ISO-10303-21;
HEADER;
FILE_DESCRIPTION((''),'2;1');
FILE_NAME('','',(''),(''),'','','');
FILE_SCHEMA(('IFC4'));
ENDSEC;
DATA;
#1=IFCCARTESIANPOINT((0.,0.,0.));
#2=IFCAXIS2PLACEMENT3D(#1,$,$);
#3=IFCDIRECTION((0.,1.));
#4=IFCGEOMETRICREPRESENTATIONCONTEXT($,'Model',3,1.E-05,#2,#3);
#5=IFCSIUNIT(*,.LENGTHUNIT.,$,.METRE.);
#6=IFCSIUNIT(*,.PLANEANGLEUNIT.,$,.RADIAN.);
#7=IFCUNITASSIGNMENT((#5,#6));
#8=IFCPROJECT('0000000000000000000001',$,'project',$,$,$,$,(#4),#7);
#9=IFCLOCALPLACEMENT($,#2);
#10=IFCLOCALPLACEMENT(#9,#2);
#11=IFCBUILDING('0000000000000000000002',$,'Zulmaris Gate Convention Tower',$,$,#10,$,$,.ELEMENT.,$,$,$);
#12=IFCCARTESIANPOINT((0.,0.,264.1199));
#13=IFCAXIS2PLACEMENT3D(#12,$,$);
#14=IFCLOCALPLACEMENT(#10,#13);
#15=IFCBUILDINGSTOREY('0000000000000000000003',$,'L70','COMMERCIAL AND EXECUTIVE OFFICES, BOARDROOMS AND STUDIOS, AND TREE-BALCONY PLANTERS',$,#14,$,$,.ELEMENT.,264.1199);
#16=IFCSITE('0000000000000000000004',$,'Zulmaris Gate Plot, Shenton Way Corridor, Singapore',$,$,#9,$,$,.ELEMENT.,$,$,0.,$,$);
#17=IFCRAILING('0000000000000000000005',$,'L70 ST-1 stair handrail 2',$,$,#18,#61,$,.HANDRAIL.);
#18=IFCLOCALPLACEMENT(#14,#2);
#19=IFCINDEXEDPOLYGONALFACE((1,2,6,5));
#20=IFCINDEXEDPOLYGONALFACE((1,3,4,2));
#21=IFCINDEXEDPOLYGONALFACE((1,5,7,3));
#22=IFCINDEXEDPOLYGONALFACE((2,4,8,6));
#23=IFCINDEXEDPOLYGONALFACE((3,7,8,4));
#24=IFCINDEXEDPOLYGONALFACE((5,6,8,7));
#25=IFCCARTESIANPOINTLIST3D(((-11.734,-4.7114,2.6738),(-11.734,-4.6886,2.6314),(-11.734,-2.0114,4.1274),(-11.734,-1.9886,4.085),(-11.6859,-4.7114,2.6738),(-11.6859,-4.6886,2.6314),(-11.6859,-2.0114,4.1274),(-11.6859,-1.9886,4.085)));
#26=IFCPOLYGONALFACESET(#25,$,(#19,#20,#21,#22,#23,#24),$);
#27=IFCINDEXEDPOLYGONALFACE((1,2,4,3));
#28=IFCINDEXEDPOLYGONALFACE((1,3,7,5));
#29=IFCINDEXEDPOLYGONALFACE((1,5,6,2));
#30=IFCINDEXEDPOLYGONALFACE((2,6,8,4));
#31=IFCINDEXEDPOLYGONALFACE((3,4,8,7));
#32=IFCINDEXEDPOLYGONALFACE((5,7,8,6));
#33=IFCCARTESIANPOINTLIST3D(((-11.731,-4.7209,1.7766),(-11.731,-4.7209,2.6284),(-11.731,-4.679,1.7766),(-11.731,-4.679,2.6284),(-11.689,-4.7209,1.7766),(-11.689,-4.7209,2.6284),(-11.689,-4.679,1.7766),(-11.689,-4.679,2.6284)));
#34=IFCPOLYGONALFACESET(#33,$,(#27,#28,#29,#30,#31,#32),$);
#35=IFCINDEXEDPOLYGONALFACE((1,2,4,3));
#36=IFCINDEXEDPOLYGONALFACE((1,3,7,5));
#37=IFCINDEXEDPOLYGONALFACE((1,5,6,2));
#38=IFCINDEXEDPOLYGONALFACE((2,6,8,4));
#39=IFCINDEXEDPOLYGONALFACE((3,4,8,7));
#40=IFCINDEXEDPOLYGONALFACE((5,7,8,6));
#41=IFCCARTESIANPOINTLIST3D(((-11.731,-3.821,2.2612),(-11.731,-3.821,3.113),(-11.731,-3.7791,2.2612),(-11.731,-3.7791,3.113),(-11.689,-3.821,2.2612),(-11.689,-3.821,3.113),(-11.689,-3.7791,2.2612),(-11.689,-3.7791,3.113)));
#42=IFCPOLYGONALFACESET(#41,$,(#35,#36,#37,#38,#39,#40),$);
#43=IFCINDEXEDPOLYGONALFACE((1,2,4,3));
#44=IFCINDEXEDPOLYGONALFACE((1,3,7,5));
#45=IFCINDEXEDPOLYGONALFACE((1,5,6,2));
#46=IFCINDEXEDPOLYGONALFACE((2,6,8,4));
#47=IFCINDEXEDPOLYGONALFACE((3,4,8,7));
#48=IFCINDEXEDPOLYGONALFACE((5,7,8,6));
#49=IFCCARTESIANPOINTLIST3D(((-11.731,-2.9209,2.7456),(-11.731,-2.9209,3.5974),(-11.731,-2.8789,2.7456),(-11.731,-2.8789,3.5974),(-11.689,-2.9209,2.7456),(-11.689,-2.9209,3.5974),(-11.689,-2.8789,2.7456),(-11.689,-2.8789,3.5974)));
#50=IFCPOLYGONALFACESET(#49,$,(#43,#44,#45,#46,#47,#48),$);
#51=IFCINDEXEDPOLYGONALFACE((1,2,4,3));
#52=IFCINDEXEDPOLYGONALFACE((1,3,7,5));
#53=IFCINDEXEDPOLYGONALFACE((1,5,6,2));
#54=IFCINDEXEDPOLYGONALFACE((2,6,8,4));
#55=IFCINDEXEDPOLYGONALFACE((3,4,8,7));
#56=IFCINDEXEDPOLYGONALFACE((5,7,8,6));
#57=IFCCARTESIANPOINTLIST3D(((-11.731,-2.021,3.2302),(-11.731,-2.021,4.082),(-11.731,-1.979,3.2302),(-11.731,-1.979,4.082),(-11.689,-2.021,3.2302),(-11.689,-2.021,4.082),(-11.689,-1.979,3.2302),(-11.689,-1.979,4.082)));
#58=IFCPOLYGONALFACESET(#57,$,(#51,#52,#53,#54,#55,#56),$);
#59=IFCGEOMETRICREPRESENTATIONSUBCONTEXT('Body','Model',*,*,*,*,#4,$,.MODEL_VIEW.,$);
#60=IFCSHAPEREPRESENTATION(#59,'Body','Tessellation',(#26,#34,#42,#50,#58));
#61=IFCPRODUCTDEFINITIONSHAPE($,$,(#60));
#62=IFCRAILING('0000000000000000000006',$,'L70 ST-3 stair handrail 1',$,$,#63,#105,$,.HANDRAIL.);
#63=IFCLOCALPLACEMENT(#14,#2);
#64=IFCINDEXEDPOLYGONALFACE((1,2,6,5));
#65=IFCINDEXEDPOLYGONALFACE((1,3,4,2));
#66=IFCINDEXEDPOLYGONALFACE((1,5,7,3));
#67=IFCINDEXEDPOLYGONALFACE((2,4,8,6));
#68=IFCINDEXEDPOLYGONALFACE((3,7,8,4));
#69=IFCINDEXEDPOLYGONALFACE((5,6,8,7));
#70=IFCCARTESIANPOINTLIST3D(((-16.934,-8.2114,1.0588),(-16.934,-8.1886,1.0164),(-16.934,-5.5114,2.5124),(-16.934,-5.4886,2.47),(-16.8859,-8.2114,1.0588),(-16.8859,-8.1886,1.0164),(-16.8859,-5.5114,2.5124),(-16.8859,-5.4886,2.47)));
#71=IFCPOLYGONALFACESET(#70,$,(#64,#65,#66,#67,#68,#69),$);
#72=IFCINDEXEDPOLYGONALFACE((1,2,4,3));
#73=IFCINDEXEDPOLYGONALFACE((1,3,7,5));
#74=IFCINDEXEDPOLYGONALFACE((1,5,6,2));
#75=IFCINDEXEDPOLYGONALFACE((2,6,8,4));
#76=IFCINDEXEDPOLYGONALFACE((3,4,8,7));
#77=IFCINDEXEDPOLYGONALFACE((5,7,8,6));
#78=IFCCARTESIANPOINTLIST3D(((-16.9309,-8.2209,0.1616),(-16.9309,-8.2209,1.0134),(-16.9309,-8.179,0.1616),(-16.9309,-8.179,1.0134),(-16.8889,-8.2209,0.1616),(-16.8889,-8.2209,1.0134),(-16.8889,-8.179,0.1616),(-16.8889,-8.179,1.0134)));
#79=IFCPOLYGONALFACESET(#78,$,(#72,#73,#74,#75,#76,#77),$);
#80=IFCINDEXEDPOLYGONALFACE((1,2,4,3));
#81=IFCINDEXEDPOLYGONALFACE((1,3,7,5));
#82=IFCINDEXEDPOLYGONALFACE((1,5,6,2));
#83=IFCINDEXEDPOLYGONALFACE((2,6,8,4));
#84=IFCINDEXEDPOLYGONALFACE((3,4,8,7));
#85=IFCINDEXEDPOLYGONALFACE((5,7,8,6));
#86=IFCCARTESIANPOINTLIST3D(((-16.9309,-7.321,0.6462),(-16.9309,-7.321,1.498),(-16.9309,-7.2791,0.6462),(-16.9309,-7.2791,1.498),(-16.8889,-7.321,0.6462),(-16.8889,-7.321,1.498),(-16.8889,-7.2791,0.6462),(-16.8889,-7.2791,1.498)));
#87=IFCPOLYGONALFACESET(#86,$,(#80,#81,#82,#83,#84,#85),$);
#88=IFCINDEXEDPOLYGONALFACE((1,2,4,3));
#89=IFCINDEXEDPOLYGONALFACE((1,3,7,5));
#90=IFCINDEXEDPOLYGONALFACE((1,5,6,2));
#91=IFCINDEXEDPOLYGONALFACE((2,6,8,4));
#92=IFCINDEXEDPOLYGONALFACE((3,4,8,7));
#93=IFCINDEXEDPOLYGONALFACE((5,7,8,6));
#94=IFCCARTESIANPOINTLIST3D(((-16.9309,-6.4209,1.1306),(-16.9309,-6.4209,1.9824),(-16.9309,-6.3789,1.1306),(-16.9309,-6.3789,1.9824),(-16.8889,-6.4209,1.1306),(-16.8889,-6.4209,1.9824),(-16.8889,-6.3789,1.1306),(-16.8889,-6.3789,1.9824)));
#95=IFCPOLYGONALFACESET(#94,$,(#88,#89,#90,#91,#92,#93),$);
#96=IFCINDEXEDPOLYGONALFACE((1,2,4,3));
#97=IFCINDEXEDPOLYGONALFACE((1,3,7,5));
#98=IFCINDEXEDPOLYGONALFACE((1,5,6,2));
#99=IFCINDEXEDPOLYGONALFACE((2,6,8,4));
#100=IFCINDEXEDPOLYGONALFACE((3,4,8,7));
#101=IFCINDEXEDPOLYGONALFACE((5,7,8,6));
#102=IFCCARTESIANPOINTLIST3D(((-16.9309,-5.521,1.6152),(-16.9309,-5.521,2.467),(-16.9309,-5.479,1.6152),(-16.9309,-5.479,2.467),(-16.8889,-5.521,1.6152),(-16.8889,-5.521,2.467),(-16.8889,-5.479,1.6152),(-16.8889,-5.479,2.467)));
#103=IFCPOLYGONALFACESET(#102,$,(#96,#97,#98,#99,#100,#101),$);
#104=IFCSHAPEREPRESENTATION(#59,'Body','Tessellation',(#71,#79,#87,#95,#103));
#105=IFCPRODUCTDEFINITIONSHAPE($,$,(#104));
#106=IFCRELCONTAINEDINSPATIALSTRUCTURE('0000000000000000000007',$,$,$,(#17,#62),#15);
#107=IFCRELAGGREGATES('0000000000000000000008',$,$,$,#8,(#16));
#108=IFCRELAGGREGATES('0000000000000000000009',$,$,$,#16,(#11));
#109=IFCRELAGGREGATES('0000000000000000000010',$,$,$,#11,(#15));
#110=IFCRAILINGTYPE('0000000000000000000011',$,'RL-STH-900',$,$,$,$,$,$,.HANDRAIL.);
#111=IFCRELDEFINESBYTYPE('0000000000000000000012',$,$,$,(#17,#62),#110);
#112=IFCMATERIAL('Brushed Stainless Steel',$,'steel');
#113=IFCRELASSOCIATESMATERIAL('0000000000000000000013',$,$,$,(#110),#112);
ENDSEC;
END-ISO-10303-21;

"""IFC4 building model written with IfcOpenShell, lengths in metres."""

from ifc_helpers import new_model, si_unit, direction, frame, origin, origin_2d, place, context, subcontext, project, spatial, rectangle, extrude, material, type_object, element, save


model = new_model("IFC4")

# Units and contexts
model_context = context("Model", 3, precision=1e-05, world=origin(), true_north=direction((0.0, 1.0)))
body_context = subcontext(model_context, "Body", "Model", "MODEL_VIEW")
ifc_project = project(units=[si_unit("LENGTHUNIT", "METRE"), si_unit("PLANEANGLEUNIT", "RADIAN")], contexts=[model_context])

# Site, building, storey
site_placement = place(None, origin())
site = spatial("IfcSite", under=ifc_project, at=site_placement, Name="Zulmaris Gate Plot, Shenton Way Corridor, Singapore", CompositionType="ELEMENT", RefElevation=0.0)
building_placement = place(site_placement, origin())
building = spatial("IfcBuilding", under=site, at=building_placement, Name="Zulmaris Gate Convention Tower", CompositionType="ELEMENT")
storey_placement = place(building_placement, frame((0.0, 0.0, 264.1199)))
storey = spatial("IfcBuildingStorey", under=building, at=storey_placement, Name="L70", Description="COMMERCIAL AND EXECUTIVE OFFICES, BOARDROOMS AND STUDIOS, AND TREE-BALCONY PLANTERS", CompositionType="ELEMENT", Elevation=264.1199)

# Shared definitions
ifc_material_1 = material(Name="Brushed Stainless Steel", Category="steel")

# Railings
railing_type_1 = type_object("IfcRailingType", Name="RL-STH-900", PredefinedType="HANDRAIL", material=ifc_material_1)
for number, where, name in (
    (1, (-11.71, -4.7, 1.7766), "L70 ST-1 stair handrail 2"),
    (2, (-16.9099, -8.2, 0.1616), "L70 ST-3 stair handrail 1"),
):
    element("IfcRailing", number, at=place(storey_placement, frame(where)), inside=storey, type_object=railing_type_1, Name=name, PredefinedType="HANDRAIL", context=body_context, shape_type="SweptSolid", body=[
        extrude(rectangle(XDim=0.0481, YDim=0.0481, at=origin_2d()), frame((0.0, 0.0, 0.876), z_axis=(0.0, 0.880499, 0.474048), x_axis=(-1.0, 0.0, 0.0)), (0.0, 0.0, 1.0), 3.0664),
        extrude(rectangle(XDim=0.042, YDim=0.042, at=origin_2d()), origin(), (0.0, 0.0, 1.0), 0.8518),
        extrude(rectangle(XDim=0.042, YDim=0.042, at=origin_2d()), frame((0.0, 0.8999, 0.4846)), (0.0, 0.0, 1.0), 0.8518),
        extrude(rectangle(XDim=0.042, YDim=0.042, at=origin_2d()), frame((0.0, 1.8, 0.969)), (0.0, 0.0, 1.0), 0.8518),
        extrude(rectangle(XDim=0.042, YDim=0.042, at=origin_2d()), frame((0.0, 2.7, 1.4536)), (0.0, 0.0, 1.0), 0.8518),
    ])

save(model, "model.ifc")
